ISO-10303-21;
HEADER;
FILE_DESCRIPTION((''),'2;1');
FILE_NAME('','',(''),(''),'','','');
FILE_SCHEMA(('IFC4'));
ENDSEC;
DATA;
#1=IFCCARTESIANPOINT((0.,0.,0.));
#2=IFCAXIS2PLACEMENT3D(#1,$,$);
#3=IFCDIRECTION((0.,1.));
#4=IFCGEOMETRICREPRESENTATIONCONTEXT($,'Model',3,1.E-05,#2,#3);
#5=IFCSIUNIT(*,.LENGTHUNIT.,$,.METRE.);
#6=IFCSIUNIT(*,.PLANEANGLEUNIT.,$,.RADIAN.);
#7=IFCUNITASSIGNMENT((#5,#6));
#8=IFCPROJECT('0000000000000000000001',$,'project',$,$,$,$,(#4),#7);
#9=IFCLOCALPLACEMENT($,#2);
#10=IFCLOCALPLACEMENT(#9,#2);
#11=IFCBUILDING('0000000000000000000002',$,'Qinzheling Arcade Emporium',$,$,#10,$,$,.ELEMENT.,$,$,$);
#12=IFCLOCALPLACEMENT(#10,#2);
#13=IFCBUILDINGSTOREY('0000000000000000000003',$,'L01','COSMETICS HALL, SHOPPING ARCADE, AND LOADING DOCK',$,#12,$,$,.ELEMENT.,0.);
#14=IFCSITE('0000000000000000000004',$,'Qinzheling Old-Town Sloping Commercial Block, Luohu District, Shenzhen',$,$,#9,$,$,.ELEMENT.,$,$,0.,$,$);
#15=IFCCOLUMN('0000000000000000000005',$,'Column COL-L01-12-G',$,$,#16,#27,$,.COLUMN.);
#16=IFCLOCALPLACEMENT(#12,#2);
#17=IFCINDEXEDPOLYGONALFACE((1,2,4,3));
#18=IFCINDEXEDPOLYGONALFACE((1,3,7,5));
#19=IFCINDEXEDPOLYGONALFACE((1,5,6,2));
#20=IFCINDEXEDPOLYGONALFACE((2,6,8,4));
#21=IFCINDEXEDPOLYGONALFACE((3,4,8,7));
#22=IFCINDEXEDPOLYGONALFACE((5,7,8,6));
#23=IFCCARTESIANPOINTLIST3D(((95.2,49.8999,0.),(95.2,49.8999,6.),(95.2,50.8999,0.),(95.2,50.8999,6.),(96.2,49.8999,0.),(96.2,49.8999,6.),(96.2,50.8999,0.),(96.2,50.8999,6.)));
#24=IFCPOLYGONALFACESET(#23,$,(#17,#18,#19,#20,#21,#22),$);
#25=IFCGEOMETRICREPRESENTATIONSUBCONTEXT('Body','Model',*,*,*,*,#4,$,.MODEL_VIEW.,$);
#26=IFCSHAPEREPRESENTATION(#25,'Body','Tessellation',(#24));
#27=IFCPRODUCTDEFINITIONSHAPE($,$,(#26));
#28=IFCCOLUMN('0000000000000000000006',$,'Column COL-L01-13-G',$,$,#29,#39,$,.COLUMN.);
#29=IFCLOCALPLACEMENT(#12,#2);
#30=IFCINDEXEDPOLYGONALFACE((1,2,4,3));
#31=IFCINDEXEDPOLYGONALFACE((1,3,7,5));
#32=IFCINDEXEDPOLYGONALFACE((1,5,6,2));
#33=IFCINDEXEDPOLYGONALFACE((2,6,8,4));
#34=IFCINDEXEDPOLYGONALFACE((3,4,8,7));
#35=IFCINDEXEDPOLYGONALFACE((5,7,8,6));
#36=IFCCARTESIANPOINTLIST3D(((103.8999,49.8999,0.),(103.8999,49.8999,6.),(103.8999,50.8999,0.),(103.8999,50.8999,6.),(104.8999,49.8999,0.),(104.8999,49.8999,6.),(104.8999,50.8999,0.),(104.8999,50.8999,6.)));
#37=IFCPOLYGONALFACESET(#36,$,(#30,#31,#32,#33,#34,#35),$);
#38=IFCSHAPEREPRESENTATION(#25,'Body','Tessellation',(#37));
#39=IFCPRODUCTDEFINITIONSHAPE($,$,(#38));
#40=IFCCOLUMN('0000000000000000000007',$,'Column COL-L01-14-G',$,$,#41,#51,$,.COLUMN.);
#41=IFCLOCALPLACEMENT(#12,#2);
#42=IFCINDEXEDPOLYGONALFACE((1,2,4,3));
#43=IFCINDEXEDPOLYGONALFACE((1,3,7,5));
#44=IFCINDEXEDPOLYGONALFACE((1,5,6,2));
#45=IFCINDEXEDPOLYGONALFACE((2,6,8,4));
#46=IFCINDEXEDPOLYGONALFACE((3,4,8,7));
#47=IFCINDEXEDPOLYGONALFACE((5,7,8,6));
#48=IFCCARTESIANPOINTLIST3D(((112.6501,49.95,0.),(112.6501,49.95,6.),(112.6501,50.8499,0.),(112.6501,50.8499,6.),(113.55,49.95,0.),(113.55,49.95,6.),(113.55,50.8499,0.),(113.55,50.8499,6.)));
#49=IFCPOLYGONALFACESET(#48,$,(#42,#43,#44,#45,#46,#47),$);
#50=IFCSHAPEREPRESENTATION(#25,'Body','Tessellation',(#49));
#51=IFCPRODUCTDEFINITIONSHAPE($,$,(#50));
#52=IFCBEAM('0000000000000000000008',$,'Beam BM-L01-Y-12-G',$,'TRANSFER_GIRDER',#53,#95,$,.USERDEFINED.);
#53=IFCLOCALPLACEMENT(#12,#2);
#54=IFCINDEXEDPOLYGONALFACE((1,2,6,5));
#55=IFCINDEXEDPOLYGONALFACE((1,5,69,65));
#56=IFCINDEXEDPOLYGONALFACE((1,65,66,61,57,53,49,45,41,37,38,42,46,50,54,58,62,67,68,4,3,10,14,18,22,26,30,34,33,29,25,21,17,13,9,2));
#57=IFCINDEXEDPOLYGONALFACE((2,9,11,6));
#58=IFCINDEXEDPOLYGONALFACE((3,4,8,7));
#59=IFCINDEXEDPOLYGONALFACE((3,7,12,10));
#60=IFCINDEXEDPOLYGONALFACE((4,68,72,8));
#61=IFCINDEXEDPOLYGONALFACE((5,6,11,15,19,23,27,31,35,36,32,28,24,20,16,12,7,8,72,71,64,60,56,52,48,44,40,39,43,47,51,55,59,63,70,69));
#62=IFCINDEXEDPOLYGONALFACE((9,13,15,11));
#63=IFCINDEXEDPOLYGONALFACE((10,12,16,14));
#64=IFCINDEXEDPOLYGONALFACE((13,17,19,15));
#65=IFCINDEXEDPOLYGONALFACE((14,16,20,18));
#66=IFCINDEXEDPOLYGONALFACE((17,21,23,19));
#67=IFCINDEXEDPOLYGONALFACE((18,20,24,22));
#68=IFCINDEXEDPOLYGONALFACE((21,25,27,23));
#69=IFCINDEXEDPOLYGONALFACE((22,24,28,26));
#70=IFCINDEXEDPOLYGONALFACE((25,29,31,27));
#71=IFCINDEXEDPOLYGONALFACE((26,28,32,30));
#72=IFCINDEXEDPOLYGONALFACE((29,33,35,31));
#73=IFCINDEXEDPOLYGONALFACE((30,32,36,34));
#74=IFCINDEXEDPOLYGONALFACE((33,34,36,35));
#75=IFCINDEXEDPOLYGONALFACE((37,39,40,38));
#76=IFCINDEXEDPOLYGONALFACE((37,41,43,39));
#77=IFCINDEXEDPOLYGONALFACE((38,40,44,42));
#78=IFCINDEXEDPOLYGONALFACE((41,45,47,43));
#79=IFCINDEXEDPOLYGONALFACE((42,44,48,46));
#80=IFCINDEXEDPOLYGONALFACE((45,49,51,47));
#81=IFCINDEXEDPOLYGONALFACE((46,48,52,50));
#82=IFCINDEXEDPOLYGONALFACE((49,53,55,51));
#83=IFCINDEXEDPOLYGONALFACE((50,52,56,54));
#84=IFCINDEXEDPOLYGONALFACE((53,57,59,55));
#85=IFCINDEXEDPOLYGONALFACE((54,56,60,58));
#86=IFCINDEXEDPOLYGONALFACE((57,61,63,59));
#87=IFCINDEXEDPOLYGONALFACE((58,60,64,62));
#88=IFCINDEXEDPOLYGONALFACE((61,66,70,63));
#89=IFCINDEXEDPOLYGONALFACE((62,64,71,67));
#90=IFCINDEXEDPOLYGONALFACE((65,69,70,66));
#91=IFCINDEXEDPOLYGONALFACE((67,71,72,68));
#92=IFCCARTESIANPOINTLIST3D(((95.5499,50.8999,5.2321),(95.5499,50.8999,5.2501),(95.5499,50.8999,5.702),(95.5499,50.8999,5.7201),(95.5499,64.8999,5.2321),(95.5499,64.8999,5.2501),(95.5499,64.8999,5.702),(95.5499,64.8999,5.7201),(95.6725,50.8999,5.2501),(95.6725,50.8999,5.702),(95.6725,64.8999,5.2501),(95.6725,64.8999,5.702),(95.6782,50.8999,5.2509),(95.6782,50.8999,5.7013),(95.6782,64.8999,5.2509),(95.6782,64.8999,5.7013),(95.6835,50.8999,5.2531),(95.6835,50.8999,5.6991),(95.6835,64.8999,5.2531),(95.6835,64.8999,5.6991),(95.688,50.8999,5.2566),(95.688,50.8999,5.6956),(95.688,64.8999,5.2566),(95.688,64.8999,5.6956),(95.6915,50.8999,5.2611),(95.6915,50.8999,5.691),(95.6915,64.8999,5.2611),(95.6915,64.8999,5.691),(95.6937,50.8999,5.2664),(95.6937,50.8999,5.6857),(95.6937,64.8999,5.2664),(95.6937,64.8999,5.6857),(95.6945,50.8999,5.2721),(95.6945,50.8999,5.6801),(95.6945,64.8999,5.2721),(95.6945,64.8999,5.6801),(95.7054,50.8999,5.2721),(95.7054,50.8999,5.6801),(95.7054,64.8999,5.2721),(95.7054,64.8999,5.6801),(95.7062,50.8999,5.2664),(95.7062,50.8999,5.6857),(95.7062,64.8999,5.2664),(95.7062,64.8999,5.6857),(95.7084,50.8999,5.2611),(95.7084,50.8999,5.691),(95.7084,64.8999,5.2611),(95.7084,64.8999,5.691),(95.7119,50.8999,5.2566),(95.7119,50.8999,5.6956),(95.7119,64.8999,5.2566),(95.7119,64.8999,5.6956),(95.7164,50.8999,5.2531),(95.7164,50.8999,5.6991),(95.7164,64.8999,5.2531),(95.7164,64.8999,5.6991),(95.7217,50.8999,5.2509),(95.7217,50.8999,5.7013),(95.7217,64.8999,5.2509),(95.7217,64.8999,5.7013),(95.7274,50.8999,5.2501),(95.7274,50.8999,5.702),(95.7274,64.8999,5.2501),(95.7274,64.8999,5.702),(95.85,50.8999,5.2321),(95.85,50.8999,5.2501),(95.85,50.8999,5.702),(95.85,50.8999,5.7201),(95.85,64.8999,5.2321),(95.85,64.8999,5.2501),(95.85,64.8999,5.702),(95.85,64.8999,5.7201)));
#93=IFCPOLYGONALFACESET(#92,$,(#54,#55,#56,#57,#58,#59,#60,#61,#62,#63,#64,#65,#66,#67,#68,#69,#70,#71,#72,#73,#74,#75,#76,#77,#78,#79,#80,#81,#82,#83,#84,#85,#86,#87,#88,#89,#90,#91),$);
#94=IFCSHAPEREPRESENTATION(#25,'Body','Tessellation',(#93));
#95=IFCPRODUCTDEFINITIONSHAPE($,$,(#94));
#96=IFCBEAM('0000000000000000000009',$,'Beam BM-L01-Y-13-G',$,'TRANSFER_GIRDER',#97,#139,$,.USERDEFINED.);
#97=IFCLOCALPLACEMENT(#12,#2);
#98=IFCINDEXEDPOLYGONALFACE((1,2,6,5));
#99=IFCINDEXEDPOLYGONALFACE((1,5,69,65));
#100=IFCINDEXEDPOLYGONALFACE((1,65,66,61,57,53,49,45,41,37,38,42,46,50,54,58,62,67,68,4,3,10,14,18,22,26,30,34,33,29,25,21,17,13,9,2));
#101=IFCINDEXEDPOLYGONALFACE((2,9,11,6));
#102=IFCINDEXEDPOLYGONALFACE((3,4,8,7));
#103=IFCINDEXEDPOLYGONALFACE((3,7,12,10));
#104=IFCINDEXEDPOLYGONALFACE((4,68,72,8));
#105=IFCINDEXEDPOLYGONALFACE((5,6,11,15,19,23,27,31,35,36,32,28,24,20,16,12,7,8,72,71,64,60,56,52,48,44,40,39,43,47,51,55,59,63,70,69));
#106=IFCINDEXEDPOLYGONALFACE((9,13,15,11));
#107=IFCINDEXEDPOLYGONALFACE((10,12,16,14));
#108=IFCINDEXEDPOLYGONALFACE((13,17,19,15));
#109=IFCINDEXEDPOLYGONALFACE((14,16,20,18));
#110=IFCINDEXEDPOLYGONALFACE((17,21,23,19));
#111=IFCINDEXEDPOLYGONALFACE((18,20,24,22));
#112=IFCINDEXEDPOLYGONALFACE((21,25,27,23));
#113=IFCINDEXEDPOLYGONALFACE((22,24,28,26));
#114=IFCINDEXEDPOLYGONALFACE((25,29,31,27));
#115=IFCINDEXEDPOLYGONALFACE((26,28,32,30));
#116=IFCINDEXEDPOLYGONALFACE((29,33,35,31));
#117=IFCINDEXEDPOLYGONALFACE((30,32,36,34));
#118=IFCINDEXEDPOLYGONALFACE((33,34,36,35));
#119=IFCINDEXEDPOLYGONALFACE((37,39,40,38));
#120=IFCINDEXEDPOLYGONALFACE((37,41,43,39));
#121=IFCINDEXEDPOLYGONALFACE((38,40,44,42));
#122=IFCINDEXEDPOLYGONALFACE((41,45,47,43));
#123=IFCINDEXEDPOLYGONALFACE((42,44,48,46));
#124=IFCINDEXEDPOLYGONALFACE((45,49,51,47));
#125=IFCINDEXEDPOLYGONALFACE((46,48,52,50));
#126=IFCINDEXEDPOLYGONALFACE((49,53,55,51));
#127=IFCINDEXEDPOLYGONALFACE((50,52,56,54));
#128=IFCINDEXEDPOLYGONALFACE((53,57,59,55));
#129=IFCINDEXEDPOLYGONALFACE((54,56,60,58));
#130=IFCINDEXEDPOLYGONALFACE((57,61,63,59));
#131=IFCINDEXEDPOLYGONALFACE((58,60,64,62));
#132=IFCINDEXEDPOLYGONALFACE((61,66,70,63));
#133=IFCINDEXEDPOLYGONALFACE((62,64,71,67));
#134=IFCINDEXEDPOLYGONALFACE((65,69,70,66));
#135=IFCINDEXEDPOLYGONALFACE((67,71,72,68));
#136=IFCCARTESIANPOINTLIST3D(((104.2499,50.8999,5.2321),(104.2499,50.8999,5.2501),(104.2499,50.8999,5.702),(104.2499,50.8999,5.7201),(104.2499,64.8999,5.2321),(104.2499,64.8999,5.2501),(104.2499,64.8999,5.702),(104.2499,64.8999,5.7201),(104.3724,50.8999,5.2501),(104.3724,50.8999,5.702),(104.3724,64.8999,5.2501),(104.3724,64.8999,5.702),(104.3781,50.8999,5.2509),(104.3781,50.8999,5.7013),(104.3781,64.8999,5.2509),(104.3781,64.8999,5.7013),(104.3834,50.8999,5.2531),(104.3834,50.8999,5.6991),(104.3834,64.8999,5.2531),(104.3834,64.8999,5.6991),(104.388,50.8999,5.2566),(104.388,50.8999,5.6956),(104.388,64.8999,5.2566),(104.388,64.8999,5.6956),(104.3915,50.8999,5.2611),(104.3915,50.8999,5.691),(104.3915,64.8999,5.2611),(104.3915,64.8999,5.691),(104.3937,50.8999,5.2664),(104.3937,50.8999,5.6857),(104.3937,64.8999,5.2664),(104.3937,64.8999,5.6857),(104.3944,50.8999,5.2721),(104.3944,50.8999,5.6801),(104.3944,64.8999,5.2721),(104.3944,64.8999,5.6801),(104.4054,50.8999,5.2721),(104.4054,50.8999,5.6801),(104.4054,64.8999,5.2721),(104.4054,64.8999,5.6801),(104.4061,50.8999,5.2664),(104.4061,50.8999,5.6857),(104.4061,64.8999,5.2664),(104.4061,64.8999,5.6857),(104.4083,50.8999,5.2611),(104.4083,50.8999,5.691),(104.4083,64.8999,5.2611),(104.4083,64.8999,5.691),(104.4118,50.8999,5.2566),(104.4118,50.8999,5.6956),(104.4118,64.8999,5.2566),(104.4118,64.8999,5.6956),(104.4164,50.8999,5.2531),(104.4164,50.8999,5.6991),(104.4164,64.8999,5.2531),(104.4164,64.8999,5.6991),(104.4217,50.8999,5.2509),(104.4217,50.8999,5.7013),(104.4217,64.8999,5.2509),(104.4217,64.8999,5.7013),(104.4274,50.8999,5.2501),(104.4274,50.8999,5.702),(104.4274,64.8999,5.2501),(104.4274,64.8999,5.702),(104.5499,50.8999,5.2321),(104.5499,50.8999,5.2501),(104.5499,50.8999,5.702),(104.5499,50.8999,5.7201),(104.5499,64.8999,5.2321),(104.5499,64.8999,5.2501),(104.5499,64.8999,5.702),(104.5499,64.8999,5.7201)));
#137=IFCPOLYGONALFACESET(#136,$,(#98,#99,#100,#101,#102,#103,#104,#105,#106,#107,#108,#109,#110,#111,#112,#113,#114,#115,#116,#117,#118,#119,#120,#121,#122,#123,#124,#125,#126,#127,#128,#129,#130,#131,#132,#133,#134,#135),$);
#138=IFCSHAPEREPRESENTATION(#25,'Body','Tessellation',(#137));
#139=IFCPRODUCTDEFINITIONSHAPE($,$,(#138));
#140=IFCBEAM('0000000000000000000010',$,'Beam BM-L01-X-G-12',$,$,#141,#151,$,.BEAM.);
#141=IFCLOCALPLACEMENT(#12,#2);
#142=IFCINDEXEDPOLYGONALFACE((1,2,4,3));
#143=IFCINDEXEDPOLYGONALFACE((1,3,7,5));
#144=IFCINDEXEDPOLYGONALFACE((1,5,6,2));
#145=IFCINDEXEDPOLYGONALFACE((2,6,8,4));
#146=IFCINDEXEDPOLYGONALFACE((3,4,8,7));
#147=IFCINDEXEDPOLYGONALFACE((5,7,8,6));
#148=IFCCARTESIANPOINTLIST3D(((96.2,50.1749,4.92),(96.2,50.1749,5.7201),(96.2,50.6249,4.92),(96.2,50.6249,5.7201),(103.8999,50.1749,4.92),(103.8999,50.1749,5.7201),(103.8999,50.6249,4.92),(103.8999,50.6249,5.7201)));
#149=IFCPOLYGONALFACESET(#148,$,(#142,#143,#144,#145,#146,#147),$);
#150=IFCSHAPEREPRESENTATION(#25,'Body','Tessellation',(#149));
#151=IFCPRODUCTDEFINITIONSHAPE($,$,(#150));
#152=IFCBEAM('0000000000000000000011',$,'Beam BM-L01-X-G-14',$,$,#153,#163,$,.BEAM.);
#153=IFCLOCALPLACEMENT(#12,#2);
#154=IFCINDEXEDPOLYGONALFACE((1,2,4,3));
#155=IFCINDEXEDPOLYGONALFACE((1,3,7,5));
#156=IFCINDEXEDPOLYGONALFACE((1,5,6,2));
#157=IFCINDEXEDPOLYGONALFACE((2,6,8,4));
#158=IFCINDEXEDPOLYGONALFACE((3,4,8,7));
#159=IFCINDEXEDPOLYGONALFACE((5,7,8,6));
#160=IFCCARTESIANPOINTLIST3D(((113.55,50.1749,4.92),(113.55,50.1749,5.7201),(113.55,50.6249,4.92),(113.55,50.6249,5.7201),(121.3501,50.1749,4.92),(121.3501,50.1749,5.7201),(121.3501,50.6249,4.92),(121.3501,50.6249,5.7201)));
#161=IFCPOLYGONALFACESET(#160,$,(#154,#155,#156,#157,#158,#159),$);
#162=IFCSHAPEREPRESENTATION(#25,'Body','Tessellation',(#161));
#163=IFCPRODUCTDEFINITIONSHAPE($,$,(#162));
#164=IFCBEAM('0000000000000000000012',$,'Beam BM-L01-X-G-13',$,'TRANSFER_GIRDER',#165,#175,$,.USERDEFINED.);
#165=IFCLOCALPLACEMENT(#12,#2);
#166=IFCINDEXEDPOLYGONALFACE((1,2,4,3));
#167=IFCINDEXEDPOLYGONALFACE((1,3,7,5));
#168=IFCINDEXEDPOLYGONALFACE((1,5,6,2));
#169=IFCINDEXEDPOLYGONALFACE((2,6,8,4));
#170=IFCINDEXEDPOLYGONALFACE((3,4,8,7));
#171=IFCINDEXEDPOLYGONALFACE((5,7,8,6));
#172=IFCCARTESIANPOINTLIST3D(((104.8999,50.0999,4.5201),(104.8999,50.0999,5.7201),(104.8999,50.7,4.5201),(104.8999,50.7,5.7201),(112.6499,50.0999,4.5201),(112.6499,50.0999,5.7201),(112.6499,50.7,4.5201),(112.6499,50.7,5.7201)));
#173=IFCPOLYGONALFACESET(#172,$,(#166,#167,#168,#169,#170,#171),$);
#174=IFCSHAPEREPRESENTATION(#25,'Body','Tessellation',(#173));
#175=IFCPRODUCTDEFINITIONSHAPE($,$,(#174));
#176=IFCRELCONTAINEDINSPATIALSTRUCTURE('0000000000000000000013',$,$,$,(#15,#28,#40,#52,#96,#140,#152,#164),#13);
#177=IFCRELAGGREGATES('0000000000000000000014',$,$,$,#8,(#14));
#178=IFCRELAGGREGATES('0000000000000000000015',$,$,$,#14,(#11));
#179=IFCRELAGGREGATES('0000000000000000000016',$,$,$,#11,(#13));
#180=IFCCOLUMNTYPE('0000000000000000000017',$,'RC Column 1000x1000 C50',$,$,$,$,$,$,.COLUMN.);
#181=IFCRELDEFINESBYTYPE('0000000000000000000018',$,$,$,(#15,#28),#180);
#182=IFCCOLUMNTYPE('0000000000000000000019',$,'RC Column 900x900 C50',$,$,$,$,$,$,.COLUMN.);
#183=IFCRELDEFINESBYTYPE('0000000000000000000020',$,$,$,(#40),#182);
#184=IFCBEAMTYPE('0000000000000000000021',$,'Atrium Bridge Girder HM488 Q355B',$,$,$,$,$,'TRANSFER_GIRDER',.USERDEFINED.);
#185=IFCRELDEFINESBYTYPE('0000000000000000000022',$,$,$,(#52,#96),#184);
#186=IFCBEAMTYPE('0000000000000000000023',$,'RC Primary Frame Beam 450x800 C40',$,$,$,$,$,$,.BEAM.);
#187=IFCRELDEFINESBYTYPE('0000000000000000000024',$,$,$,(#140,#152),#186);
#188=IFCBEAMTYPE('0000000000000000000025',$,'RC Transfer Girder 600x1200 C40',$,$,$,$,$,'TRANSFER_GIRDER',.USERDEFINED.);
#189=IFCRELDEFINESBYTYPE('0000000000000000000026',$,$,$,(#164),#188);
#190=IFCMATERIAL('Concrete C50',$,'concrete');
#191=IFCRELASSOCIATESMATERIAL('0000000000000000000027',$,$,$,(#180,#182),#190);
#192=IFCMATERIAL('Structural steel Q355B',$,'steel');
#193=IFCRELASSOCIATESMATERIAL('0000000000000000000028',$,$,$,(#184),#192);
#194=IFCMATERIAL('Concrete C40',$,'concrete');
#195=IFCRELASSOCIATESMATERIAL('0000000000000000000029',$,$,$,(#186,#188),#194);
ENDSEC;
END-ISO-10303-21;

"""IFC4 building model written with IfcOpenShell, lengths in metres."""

from ifc_helpers import new_model, si_unit, direction, frame, origin, origin_2d, place, context, subcontext, project, spatial, rectangle, i_section, extrude, material, material_profile, profile_set, type_object, element, save


model = new_model("IFC4")

# Units and contexts
model_context = context("Model", 3, precision=1e-05, world=origin(), true_north=direction((0.0, 1.0)))
body_context = subcontext(model_context, "Body", "Model", "MODEL_VIEW")
ifc_project = project(units=[si_unit("LENGTHUNIT", "METRE"), si_unit("PLANEANGLEUNIT", "RADIAN")], contexts=[model_context])

# Site, building, storey
site_placement = place(None, origin())
site = spatial("IfcSite", under=ifc_project, at=site_placement, Name="Qinzheling Old-Town Sloping Commercial Block, Luohu District, Shenzhen", CompositionType="ELEMENT", RefElevation=0.0)
building_placement = place(site_placement, origin())
building = spatial("IfcBuilding", under=site, at=building_placement, Name="Qinzheling Arcade Emporium", CompositionType="ELEMENT")
storey_placement = place(building_placement, origin())
storey = spatial("IfcBuildingStorey", under=building, at=storey_placement, Name="L01", Description="COSMETICS HALL, SHOPPING ARCADE, AND LOADING DOCK", CompositionType="ELEMENT", Elevation=0.0)

# Columns
ifc_material_1 = material(Name="Concrete C50", Category="concrete")
ifc_material_profile_1 = material_profile(ifc_material_1, rectangle(XDim=1.0, YDim=1.0, at=origin_2d()), Name="RC 1000x1000", Category="concrete")
ifc_profile_set_1 = profile_set([ifc_material_profile_1], Name="Concrete C50")
column_type_1 = type_object("IfcColumnType", Name="RC Column 1000x1000 C50", PredefinedType="COLUMN", material=ifc_profile_set_1)
for number, where, z_axis, x_axis, name in (
    (1, (95.7, 50.3999, 0.0), (0.0, 0.0, 1.0), (1.0, 0.0, 0.0), "Column COL-L01-12-G"),
    (2, (104.3999, 50.3999, 0.0), (0.0, 0.0, 1.0), (1.0, 0.0, 0.0), "Column COL-L01-13-G"),
):
    element("IfcColumn", number, at=place(storey_placement, frame(where, z_axis=z_axis, x_axis=x_axis)), inside=storey, type_object=column_type_1, Name=name, PredefinedType="COLUMN", context=body_context, shape_type="SweptSolid", body=[
        extrude(rectangle(XDim=1.0, YDim=1.0, at=origin_2d()), origin(), (0.0, 0.0, 1.0), 6.0),
    ])
ifc_material_profile_2 = material_profile(ifc_material_1, rectangle(XDim=0.8999, YDim=0.8999, at=origin_2d()), Name="RC 900x900", Category="concrete")
ifc_profile_set_2 = profile_set([ifc_material_profile_2], Name="Concrete C50")
column_type_2 = type_object("IfcColumnType", Name="RC Column 900x900 C50", PredefinedType="COLUMN", material=ifc_profile_set_2)
column_placement = place(storey_placement, frame((113.1001, 50.3999, 0.0), z_axis=(0.0, 0.0, 1.0), x_axis=(1.0, 0.0, 0.0)))
element("IfcColumn", 3, at=column_placement, inside=storey, type_object=column_type_2, Name="Column COL-L01-14-G", PredefinedType="COLUMN", context=body_context, shape_type="SweptSolid", body=[
    extrude(rectangle(XDim=0.8999, YDim=0.8999, at=origin_2d()), origin(), (0.0, 0.0, 1.0), 6.0),
])

# Beams
ifc_material_2 = material(Name="Structural steel Q355B", Category="steel")
ifc_material_profile_3 = material_profile(ifc_material_2, i_section(OverallWidth=0.3, OverallDepth=0.488, WebThickness=0.011, FlangeThickness=0.0181, FilletRadius=0.022, at=origin_2d()), Name="HM 488x300x11x18", Category="steel")
ifc_profile_set_3 = profile_set([ifc_material_profile_3], Name="Structural steel Q355B")
beam_type_1 = type_object("IfcBeamType", Name="Atrium Bridge Girder HM488 Q355B", ElementType="TRANSFER_GIRDER", PredefinedType="USERDEFINED", material=ifc_profile_set_3)
for number, where, z_axis, x_axis, name in (
    (4, (95.7, 50.8999, 5.4761), (0.0, 1.0, 0.0), (-1.0, 0.0, 0.0), "Beam BM-L01-Y-12-G"),
    (5, (104.3999, 50.8999, 5.4761), (0.0, 1.0, 0.0), (-1.0, 0.0, 0.0), "Beam BM-L01-Y-13-G"),
):
    element("IfcBeam", number, at=place(storey_placement, frame(where, z_axis=z_axis, x_axis=x_axis)), inside=storey, type_object=beam_type_1, Name=name, ObjectType="TRANSFER_GIRDER", PredefinedType="USERDEFINED", context=body_context, shape_type="SweptSolid", body=[
        extrude(i_section(OverallWidth=0.3, OverallDepth=0.488, WebThickness=0.011, FlangeThickness=0.0181, FilletRadius=0.022, at=origin_2d()), origin(), (0.0, 0.0, 1.0), 14.0),
    ])
ifc_material_3 = material(Name="Concrete C40", Category="concrete")
ifc_material_profile_4 = material_profile(ifc_material_3, rectangle(XDim=0.45, YDim=0.8, at=origin_2d()), Name="RC 450x800", Category="concrete")
ifc_profile_set_4 = profile_set([ifc_material_profile_4], Name="Concrete C40")
beam_type_2 = type_object("IfcBeamType", Name="RC Primary Frame Beam 450x800 C40", PredefinedType="BEAM", material=ifc_profile_set_4)
beam_1_placement = place(storey_placement, frame((96.2, 50.3999, 5.3201), z_axis=(1.0, 0.0, 0.0), x_axis=(0.0, 1.0, 0.0)))
element("IfcBeam", 6, at=beam_1_placement, inside=storey, type_object=beam_type_2, Name="Beam BM-L01-X-G-12", PredefinedType="BEAM", context=body_context, shape_type="SweptSolid", body=[
    extrude(rectangle(XDim=0.45, YDim=0.8, at=origin_2d()), origin(), (0.0, 0.0, 1.0), 7.7),
])
beam_2_placement = place(storey_placement, frame((113.55, 50.3999, 5.3201), z_axis=(1.0, 0.0, 0.0), x_axis=(0.0, 1.0, 0.0)))
element("IfcBeam", 7, at=beam_2_placement, inside=storey, type_object=beam_type_2, Name="Beam BM-L01-X-G-14", PredefinedType="BEAM", context=body_context, shape_type="SweptSolid", body=[
    extrude(rectangle(XDim=0.45, YDim=0.8, at=origin_2d()), origin(), (0.0, 0.0, 1.0), 7.8),
])
ifc_material_profile_5 = material_profile(ifc_material_3, rectangle(XDim=0.6001, YDim=1.2, at=origin_2d()), Name="RC 600x1200", Category="concrete")
ifc_profile_set_5 = profile_set([ifc_material_profile_5], Name="Concrete C40")
beam_type_3 = type_object("IfcBeamType", Name="RC Transfer Girder 600x1200 C40", ElementType="TRANSFER_GIRDER", PredefinedType="USERDEFINED", material=ifc_profile_set_5)
beam_3_placement = place(storey_placement, frame((104.8999, 50.3999, 5.1201), z_axis=(1.0, 0.0, 0.0), x_axis=(0.0, 1.0, 0.0)))
element("IfcBeam", 8, at=beam_3_placement, inside=storey, type_object=beam_type_3, Name="Beam BM-L01-X-G-13", ObjectType="TRANSFER_GIRDER", PredefinedType="USERDEFINED", context=body_context, shape_type="SweptSolid", body=[
    extrude(rectangle(XDim=0.6001, YDim=1.2, at=origin_2d()), origin(), (0.0, 0.0, 1.0), 7.75),
])

save(model, "model.ifc")
